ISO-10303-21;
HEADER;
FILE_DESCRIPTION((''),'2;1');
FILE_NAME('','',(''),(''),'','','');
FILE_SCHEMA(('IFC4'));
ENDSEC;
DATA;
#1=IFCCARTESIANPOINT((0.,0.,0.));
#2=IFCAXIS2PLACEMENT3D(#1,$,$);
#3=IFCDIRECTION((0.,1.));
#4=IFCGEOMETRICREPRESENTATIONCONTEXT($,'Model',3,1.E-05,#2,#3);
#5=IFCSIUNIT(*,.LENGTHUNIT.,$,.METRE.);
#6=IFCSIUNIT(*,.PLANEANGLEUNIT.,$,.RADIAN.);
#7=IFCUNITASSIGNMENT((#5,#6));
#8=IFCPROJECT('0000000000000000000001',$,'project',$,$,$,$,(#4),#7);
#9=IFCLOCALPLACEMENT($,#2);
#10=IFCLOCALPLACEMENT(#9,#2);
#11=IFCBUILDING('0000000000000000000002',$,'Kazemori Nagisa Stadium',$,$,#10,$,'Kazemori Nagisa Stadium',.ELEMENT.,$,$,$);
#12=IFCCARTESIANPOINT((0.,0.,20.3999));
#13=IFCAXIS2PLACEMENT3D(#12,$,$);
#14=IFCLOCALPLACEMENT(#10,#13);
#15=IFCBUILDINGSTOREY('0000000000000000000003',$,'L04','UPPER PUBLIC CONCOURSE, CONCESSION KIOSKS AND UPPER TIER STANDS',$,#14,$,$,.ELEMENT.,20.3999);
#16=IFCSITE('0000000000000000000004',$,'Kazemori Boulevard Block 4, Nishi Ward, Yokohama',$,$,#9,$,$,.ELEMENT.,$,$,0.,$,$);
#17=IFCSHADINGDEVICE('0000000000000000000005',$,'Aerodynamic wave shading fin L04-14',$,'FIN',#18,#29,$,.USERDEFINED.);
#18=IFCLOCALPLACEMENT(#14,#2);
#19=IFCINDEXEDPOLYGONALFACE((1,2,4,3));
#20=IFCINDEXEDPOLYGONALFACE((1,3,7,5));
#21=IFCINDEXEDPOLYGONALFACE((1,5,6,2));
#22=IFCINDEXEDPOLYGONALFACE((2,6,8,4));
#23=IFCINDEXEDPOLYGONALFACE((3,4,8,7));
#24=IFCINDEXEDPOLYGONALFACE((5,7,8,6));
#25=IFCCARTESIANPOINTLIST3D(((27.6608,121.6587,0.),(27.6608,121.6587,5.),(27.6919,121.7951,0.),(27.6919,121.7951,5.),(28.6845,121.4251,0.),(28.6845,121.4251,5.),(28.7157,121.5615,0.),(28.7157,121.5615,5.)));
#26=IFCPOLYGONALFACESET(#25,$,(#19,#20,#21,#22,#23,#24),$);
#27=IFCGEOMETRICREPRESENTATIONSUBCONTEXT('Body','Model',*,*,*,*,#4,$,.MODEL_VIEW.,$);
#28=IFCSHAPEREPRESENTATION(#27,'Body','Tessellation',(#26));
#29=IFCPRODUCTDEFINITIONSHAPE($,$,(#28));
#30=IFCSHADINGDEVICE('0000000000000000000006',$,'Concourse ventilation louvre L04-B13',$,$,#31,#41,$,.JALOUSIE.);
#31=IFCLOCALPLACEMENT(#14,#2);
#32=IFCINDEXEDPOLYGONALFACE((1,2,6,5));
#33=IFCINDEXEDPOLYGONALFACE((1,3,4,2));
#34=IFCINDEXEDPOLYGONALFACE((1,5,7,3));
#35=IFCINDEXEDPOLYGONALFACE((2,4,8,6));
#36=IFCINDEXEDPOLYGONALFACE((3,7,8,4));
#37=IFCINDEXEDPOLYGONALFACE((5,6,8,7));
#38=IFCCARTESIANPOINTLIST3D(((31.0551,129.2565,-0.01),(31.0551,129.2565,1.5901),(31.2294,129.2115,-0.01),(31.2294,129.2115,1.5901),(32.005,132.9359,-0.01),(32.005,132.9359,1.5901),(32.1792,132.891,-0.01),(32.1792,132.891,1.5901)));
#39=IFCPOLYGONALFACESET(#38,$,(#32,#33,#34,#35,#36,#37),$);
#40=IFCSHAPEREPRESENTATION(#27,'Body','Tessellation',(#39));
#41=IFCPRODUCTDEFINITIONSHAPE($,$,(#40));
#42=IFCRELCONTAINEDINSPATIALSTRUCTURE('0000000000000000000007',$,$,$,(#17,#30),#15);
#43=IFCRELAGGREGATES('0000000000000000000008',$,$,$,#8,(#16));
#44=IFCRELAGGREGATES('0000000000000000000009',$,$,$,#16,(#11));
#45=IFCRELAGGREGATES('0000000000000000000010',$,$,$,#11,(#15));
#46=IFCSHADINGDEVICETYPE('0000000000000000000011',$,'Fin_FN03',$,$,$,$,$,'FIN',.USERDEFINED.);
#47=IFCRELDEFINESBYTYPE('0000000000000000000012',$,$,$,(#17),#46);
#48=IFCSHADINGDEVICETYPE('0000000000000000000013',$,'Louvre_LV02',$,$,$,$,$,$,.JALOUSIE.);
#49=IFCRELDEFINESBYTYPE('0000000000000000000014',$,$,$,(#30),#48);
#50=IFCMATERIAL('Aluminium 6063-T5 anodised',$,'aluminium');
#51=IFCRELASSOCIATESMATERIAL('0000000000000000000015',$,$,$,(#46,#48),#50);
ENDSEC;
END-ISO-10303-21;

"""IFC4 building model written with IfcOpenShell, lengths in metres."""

from ifc_helpers import new_model, si_unit, direction, frame, origin, origin_2d, place, context, subcontext, project, spatial, rectangle, extrude, material, type_object, element, save


model = new_model("IFC4")

# Units and contexts
model_context = context("Model", 3, precision=1e-05, world=origin(), true_north=direction((0.0, 1.0)))
body_context = subcontext(model_context, "Body", "Model", "MODEL_VIEW")
ifc_project = project(units=[si_unit("LENGTHUNIT", "METRE"), si_unit("PLANEANGLEUNIT", "RADIAN")], contexts=[model_context])

# Site, building, storey
site_placement = place(None, origin())
site = spatial("IfcSite", under=ifc_project, at=site_placement, Name="Kazemori Boulevard Block 4, Nishi Ward, Yokohama", CompositionType="ELEMENT", RefElevation=0.0)
building_placement = place(site_placement, origin())
building = spatial("IfcBuilding", under=site, at=building_placement, Name="Kazemori Nagisa Stadium", LongName="Kazemori Nagisa Stadium", CompositionType="ELEMENT")
storey_placement = place(building_placement, frame((0.0, 0.0, 20.3999)))
storey = spatial("IfcBuildingStorey", under=building, at=storey_placement, Name="L04", Description="UPPER PUBLIC CONCOURSE, CONCESSION KIOSKS AND UPPER TIER STANDS", CompositionType="ELEMENT", Elevation=20.3999)

# Shared definitions
ifc_material_1 = material(Name="Aluminium 6063-T5 anodised", Category="aluminium")

# Shading devices
shading_device_type_1 = type_object("IfcShadingDeviceType", Name="Fin_FN03", ElementType="FIN", PredefinedType="USERDEFINED", material=ifc_material_1)
shading_device_1_placement = place(storey_placement, frame((28.1882, 121.6101, 0.0), z_axis=(0.0, 0.0, 1.0), x_axis=(-0.974928, 0.222521, 0.0)))
element("IfcShadingDevice", 1, at=shading_device_1_placement, inside=storey, type_object=shading_device_type_1, Name="Aerodynamic wave shading fin L04-14", ObjectType="FIN", PredefinedType="USERDEFINED", context=body_context, shape_type="SweptSolid", body=[
    extrude(rectangle(XDim=1.05, YDim=0.1399, at=origin_2d()), origin(), (0.0, 0.0, 1.0), 5.0),
])
shading_device_type_2 = type_object("IfcShadingDeviceType", Name="Louvre_LV02", PredefinedType="JALOUSIE", material=ifc_material_1)
shading_device_2_placement = place(storey_placement, frame((31.6172, 131.0737, -0.01), z_axis=(0.0, 0.0, 1.0), x_axis=(-0.249965, -0.968255, 0.0)))
element("IfcShadingDevice", 2, at=shading_device_2_placement, inside=storey, type_object=shading_device_type_2, Name="Concourse ventilation louvre L04-B13", PredefinedType="JALOUSIE", context=body_context, shape_type="SweptSolid", body=[
    extrude(rectangle(XDim=3.8, YDim=0.1799, at=origin_2d()), origin(), (0.0, 0.0, 1.0), 1.6001),
])

save(model, "model.ifc")
